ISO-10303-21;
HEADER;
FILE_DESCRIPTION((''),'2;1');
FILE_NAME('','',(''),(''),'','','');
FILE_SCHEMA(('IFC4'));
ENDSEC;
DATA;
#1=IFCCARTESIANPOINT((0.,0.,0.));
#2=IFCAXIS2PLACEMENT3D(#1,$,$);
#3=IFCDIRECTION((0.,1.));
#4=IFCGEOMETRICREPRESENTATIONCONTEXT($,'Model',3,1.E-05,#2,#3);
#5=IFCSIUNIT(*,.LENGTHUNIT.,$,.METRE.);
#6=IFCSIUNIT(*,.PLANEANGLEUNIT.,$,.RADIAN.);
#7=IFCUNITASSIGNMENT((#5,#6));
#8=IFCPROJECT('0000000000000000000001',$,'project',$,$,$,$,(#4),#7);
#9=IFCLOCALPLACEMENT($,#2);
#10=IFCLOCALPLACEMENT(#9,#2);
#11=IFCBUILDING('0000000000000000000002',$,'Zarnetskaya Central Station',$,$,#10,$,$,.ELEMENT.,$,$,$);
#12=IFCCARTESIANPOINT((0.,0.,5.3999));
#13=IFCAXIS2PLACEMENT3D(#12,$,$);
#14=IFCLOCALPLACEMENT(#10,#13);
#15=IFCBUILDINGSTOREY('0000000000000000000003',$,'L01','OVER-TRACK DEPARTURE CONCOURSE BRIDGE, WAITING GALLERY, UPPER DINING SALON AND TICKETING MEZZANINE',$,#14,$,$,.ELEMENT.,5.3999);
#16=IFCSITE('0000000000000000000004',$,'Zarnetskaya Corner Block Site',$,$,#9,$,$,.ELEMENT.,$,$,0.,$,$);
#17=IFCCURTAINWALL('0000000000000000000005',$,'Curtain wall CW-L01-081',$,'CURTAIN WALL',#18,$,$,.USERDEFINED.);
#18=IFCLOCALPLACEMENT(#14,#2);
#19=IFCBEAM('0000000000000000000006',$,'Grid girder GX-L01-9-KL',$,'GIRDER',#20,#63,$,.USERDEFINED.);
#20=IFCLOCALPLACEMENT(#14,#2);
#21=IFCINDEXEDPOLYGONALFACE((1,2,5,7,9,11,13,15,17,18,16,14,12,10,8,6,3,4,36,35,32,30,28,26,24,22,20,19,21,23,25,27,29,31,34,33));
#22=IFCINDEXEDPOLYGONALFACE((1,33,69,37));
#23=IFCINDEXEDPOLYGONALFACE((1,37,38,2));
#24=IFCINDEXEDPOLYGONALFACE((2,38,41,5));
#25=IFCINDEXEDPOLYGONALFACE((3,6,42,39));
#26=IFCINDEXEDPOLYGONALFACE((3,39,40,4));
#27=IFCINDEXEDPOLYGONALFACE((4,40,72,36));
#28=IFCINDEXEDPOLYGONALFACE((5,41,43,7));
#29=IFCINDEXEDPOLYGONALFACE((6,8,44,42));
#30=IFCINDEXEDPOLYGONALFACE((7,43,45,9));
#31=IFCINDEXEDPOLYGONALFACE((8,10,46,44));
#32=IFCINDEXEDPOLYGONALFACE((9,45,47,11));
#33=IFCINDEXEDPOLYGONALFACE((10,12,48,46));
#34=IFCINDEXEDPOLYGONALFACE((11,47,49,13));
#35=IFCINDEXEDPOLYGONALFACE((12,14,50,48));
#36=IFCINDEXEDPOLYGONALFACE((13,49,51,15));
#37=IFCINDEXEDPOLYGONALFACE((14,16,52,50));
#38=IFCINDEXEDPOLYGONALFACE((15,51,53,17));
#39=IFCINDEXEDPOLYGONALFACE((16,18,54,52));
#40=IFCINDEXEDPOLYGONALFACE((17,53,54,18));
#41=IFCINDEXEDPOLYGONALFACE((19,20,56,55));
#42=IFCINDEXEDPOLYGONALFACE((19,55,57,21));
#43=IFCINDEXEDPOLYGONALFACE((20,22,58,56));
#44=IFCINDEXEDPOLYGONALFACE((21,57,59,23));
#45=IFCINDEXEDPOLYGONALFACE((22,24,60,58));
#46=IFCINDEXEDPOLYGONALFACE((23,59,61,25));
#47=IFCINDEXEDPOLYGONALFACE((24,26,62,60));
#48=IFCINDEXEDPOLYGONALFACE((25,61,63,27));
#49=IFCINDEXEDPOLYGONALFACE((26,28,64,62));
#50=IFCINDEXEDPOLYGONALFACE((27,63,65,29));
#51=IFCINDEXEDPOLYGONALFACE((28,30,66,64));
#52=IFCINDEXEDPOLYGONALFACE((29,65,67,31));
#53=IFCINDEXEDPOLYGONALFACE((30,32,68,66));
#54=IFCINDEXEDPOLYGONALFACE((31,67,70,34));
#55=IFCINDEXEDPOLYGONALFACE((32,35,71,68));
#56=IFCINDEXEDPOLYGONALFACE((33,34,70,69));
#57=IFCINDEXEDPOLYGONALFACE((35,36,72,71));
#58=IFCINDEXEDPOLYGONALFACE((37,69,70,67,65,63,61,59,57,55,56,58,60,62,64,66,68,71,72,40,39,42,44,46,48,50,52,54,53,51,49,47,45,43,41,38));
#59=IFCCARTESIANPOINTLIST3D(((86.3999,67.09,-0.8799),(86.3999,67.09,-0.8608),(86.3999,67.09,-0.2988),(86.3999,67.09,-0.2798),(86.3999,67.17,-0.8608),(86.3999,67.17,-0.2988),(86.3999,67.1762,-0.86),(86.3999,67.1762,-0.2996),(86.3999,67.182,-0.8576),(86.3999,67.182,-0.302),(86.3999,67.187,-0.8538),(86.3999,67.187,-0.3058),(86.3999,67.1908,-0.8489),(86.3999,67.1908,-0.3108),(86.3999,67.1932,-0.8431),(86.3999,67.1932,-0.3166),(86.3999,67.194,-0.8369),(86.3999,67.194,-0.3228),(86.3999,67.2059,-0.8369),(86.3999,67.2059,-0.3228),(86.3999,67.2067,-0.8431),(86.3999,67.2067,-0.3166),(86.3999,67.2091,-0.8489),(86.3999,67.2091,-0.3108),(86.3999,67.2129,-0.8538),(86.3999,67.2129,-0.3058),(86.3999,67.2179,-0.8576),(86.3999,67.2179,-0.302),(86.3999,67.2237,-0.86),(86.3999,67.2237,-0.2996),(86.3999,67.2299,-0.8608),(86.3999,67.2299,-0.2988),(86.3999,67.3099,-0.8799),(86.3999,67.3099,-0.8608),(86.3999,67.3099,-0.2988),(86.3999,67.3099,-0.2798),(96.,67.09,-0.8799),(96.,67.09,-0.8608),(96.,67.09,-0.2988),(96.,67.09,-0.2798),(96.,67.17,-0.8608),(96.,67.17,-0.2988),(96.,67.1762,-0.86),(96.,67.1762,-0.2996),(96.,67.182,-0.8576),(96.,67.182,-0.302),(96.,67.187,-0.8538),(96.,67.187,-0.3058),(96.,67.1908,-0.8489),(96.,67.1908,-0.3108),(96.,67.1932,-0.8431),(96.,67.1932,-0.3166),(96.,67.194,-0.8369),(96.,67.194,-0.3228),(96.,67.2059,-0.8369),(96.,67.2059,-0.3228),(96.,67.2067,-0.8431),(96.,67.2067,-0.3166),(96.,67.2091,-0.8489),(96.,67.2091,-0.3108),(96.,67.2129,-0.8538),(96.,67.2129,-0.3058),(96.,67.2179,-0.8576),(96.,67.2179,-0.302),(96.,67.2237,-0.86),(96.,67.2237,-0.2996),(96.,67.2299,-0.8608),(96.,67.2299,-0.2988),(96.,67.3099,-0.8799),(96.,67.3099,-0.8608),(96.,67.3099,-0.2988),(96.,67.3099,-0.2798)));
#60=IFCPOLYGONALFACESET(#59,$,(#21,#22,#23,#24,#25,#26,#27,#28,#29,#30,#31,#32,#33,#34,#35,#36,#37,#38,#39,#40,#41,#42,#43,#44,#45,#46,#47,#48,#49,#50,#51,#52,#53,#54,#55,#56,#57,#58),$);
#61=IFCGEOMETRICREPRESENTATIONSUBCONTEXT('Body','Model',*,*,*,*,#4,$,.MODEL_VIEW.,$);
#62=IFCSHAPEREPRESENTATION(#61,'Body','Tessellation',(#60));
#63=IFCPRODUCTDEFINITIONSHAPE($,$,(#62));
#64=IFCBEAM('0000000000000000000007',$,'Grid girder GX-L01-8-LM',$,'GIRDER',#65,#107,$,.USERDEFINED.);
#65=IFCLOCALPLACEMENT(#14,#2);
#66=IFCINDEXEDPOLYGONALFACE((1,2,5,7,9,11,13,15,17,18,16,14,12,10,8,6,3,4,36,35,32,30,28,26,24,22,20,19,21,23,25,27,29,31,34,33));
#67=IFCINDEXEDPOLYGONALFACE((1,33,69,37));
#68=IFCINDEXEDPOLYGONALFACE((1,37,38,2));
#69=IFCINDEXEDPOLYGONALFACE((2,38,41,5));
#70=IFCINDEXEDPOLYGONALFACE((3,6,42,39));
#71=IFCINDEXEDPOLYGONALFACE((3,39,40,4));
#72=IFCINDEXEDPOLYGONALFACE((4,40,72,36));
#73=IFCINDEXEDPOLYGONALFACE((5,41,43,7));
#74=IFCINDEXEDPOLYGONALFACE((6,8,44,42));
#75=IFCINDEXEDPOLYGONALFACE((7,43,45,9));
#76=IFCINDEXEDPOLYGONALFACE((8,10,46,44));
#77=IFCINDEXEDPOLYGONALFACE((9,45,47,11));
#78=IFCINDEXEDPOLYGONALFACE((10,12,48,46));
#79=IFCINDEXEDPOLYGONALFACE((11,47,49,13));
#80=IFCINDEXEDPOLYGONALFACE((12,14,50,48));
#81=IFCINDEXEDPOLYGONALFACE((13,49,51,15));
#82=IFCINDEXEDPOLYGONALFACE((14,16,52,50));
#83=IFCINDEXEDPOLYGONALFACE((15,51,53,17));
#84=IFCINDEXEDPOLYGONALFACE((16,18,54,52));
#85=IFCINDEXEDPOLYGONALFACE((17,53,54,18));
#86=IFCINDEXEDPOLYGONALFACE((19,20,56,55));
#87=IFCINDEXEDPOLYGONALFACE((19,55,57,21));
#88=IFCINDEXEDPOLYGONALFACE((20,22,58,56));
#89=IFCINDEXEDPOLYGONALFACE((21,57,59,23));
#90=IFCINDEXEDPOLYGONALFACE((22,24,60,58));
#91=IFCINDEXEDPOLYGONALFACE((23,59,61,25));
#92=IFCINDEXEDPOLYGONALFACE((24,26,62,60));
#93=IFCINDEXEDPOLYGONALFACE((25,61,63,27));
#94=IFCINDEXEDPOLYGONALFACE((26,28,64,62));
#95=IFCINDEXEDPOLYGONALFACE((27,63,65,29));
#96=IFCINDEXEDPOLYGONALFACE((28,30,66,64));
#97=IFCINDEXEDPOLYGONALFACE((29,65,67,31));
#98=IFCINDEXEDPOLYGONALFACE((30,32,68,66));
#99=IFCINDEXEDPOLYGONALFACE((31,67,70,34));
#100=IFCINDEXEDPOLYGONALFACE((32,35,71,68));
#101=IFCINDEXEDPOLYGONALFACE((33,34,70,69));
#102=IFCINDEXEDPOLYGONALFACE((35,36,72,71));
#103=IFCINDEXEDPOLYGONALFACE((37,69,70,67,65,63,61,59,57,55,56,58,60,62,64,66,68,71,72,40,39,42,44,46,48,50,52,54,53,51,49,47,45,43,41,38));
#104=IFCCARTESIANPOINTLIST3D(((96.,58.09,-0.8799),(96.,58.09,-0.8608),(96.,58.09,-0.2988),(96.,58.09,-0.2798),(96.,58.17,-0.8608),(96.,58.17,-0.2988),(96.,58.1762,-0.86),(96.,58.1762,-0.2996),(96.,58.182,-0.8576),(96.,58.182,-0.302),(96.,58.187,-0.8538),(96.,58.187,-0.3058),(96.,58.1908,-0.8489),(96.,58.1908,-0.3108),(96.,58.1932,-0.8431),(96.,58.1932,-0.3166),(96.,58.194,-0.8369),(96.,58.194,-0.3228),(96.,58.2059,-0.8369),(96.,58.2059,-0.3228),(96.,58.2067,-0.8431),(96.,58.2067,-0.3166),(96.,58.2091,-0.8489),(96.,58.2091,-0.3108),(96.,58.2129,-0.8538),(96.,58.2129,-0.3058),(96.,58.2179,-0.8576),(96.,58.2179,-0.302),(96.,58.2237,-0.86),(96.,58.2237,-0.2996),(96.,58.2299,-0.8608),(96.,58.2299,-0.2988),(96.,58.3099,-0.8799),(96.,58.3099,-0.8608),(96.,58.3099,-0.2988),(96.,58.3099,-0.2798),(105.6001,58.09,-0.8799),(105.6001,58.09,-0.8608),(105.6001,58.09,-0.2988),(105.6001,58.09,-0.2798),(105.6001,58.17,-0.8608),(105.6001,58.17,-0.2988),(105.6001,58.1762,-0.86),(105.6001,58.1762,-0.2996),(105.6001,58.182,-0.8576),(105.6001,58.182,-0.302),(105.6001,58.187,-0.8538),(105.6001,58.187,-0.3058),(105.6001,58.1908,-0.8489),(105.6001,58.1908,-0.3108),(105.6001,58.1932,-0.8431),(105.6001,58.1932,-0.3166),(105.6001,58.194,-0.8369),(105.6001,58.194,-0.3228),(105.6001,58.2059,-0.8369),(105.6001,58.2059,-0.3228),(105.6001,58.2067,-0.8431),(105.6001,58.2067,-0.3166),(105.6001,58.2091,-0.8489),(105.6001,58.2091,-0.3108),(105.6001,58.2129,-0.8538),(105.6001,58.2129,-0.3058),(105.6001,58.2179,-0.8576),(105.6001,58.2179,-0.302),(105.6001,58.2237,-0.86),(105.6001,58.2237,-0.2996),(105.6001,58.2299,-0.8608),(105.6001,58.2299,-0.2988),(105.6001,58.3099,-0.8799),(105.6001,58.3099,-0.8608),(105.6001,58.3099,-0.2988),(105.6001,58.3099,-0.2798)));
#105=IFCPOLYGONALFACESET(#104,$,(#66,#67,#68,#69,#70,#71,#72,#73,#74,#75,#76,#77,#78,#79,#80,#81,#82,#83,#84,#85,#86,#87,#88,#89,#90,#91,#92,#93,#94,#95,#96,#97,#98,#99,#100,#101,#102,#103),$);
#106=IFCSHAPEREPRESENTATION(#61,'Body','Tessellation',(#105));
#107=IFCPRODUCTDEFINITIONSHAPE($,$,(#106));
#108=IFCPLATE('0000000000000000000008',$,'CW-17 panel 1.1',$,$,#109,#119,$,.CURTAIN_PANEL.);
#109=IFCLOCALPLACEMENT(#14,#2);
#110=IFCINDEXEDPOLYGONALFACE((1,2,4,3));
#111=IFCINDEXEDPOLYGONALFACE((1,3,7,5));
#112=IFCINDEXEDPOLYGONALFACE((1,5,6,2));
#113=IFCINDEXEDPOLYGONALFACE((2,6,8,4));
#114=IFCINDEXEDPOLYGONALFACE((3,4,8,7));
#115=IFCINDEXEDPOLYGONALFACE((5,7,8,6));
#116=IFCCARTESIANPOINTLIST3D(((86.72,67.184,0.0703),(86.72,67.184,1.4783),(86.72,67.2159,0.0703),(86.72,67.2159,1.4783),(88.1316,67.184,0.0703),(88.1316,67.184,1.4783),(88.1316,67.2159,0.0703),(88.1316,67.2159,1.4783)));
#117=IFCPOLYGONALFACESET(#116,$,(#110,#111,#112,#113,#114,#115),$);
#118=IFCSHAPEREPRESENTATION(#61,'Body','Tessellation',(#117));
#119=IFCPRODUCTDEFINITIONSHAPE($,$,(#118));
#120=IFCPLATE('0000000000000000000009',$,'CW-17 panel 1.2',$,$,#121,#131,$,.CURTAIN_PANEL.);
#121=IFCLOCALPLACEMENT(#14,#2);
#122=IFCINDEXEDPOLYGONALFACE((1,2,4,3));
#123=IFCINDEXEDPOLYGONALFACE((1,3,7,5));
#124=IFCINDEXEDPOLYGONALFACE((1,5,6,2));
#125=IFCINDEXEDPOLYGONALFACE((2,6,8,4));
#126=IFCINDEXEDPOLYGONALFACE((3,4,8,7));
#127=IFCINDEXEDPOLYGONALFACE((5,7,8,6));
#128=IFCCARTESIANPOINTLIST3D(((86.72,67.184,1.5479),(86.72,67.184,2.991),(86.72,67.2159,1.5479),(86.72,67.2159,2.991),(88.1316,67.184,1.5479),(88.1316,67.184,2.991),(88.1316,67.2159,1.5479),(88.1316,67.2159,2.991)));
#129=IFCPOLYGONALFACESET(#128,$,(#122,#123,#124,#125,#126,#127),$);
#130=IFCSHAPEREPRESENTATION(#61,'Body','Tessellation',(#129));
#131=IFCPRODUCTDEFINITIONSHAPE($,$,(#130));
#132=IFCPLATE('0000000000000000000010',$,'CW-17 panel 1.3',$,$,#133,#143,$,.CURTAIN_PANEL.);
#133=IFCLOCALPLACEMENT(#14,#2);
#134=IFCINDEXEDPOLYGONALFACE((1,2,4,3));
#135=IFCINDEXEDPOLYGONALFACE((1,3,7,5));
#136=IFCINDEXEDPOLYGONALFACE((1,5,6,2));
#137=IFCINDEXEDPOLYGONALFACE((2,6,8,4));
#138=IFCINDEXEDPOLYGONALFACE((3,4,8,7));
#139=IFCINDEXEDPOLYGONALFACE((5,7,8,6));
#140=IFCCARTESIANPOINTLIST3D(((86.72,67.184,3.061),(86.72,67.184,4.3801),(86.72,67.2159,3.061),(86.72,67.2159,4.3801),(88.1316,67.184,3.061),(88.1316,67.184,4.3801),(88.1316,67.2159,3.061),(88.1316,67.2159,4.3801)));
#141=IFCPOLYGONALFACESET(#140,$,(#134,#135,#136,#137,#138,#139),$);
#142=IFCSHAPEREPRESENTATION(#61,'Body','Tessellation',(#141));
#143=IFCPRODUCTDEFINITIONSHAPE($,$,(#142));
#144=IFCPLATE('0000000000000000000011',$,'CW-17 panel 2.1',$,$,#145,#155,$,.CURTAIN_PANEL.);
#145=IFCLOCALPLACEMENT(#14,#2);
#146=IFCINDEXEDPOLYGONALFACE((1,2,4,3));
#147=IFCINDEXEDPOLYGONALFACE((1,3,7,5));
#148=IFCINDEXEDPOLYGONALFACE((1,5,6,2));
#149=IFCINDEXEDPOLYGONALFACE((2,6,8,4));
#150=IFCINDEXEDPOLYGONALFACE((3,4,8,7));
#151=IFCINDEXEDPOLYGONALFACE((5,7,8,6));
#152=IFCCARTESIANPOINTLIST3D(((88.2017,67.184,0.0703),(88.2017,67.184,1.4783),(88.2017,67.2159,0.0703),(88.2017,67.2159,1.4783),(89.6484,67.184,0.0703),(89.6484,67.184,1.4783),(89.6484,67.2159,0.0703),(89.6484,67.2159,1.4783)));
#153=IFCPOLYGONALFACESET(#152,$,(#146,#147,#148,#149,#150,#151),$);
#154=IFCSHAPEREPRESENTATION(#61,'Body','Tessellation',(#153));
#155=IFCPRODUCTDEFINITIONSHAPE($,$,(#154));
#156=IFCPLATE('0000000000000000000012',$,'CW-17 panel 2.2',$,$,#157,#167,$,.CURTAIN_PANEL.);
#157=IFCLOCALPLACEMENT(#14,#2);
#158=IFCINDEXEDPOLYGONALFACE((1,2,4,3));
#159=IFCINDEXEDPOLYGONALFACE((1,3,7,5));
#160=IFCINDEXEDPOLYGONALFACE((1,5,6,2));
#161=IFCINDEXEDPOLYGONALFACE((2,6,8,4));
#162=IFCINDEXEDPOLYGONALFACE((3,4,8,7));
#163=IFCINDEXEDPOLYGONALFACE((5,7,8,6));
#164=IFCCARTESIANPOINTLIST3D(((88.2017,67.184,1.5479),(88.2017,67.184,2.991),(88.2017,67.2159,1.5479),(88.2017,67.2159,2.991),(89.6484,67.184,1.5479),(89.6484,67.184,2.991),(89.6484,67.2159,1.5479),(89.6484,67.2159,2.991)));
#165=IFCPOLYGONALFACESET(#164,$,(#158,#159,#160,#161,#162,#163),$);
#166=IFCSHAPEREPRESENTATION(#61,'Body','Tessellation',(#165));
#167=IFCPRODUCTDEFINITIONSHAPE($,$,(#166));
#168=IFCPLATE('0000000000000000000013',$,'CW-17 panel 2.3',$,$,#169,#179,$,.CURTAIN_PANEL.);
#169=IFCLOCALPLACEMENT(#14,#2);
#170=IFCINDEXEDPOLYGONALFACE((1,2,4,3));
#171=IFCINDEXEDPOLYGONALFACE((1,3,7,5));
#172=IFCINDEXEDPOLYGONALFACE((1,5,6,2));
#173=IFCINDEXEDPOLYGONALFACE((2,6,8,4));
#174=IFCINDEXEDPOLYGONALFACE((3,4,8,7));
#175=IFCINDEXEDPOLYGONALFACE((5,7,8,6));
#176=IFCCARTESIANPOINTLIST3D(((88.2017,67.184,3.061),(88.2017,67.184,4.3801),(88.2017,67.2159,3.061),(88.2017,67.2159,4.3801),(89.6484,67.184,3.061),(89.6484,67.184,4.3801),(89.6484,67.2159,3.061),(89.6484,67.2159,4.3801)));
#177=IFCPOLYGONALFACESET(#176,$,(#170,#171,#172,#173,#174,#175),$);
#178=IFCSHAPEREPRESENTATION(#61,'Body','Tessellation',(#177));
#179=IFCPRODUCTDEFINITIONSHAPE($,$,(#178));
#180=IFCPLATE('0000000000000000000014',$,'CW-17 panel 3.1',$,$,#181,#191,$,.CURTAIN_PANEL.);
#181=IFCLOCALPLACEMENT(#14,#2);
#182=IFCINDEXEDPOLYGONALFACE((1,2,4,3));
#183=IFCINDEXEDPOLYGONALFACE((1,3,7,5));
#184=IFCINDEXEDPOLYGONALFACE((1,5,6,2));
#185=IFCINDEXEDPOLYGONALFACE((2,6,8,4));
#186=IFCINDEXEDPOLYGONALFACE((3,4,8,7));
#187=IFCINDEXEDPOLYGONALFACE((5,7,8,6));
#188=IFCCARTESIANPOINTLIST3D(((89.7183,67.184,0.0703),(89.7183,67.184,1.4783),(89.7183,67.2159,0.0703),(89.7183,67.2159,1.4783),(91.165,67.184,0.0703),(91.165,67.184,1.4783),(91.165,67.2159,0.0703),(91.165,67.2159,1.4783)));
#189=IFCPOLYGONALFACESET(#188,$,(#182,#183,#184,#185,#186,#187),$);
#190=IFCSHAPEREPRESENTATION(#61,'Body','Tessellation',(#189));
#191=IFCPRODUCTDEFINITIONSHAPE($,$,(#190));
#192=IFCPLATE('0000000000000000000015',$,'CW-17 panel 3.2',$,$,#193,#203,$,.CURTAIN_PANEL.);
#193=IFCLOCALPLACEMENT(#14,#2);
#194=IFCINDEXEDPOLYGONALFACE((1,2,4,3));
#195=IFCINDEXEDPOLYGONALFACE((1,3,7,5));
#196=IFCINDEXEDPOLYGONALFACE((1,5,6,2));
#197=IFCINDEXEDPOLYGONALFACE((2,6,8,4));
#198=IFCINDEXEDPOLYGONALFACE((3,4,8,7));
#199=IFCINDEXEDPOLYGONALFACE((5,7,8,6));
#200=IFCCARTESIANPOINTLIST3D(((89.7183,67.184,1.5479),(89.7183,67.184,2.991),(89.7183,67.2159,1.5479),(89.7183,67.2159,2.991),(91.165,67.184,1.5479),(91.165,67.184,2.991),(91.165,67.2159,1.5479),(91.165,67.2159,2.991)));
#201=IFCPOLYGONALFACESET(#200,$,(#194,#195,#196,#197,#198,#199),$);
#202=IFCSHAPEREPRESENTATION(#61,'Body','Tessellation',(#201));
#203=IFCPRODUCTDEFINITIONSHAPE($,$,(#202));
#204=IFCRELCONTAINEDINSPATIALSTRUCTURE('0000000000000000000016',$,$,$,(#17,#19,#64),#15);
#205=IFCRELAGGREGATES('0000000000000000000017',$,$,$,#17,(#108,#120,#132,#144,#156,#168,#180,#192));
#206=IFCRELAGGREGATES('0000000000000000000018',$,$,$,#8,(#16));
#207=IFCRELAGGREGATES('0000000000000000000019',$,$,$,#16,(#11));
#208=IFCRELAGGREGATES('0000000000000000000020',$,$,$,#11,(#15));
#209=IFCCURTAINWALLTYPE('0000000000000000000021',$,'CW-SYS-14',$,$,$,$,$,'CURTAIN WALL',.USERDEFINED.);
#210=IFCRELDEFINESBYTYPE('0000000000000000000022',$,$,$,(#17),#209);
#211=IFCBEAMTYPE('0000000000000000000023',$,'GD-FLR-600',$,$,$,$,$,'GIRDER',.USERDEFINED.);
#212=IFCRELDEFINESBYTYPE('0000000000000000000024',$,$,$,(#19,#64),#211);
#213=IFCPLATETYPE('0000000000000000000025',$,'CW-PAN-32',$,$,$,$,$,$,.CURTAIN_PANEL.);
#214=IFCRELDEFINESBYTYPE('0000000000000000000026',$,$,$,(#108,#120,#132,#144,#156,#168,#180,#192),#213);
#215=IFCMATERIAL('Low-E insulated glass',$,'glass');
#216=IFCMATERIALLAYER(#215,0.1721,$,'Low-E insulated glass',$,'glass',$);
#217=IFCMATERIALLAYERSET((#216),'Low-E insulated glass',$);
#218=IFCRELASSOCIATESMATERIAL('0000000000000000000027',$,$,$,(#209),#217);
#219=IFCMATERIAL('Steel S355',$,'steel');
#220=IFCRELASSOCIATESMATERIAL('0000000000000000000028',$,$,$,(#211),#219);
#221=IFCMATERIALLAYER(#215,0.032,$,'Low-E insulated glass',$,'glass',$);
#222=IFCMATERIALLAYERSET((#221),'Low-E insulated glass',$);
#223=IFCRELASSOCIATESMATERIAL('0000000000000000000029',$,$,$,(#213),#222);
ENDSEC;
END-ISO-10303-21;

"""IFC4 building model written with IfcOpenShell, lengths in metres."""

from ifc_helpers import new_model, si_unit, direction, frame, origin, origin_2d, place, context, subcontext, project, spatial, rectangle, i_section, extrude, material, layer, layer_set, material_profile, profile_set, type_object, element, aggregate, save


model = new_model("IFC4")

# Units and contexts
model_context = context("Model", 3, precision=1e-05, world=origin(), true_north=direction((0.0, 1.0)))
body_context = subcontext(model_context, "Body", "Model", "MODEL_VIEW")
ifc_project = project(units=[si_unit("LENGTHUNIT", "METRE"), si_unit("PLANEANGLEUNIT", "RADIAN")], contexts=[model_context])

# Site, building, storey
site_placement = place(None, origin())
site = spatial("IfcSite", under=ifc_project, at=site_placement, Name="Zarnetskaya Corner Block Site", CompositionType="ELEMENT", RefElevation=0.0)
building_placement = place(site_placement, origin())
building = spatial("IfcBuilding", under=site, at=building_placement, Name="Zarnetskaya Central Station", CompositionType="ELEMENT")
storey_placement = place(building_placement, frame((0.0, 0.0, 5.3999)))
storey = spatial("IfcBuildingStorey", under=building, at=storey_placement, Name="L01", Description="OVER-TRACK DEPARTURE CONCOURSE BRIDGE, WAITING GALLERY, UPPER DINING SALON AND TICKETING MEZZANINE", CompositionType="ELEMENT", Elevation=5.3999)

# Shared definitions
ifc_material_1 = material(Name="Steel S355", Category="steel")

# Curtain wall
ifc_material_2 = material(Name="Low-E insulated glass", Category="glass")
ifc_layer_1 = layer(ifc_material_2, 0.1721, Name="Low-E insulated glass", Category="glass")
ifc_layer_set_1 = layer_set([ifc_layer_1], Name="Low-E insulated glass")
curtain_wall_type = type_object("IfcCurtainWallType", Name="CW-SYS-14", ElementType="CURTAIN WALL", PredefinedType="USERDEFINED", material=ifc_layer_set_1)
curtain_wall_placement = place(storey_placement, origin())
curtain_wall = element("IfcCurtainWall", 1, at=curtain_wall_placement, inside=storey, type_object=curtain_wall_type, Name="Curtain wall CW-L01-081", ObjectType="CURTAIN WALL", PredefinedType="USERDEFINED")

# Beams
ifc_material_profile_1 = material_profile(ifc_material_1, i_section(OverallWidth=0.22, OverallDepth=0.6001, WebThickness=0.012, FlangeThickness=0.019, FilletRadius=0.0239, at=origin_2d()), Name="IPE 600")
ifc_profile_set_1 = profile_set([ifc_material_profile_1], Name="Steel S355")
beam_type_1 = type_object("IfcBeamType", Name="GD-FLR-600", ElementType="GIRDER", PredefinedType="USERDEFINED", material=ifc_profile_set_1)
for number, where, z_axis, x_axis, name in (
    (2, (86.3999, 67.2, -0.5798), (1.0, 0.0, 0.0), (0.0, 1.0, 0.0), "Grid girder GX-L01-9-KL"),
    (3, (96.0, 58.2, -0.5798), (1.0, 0.0, 0.0), (0.0, 1.0, 0.0), "Grid girder GX-L01-8-LM"),
):
    element("IfcBeam", number, at=place(storey_placement, frame(where, z_axis=z_axis, x_axis=x_axis)), inside=storey, type_object=beam_type_1, Name=name, ObjectType="GIRDER", PredefinedType="USERDEFINED", context=body_context, shape_type="SweptSolid", body=[
        extrude(i_section(OverallWidth=0.22, OverallDepth=0.6001, WebThickness=0.012, FlangeThickness=0.019, FilletRadius=0.0239, at=origin_2d()), origin(), (0.0, 0.0, 1.0), 9.6001),
    ])

# Plates
ifc_layer_2 = layer(ifc_material_2, 0.032, Name="Low-E insulated glass", Category="glass")
ifc_layer_set_2 = layer_set([ifc_layer_2], Name="Low-E insulated glass")
plate_type = type_object("IfcPlateType", Name="CW-PAN-32", PredefinedType="CURTAIN_PANEL", material=ifc_layer_set_2)
plate_1_placement = place(storey_placement, frame((87.4258, 67.2, 0.0703), z_axis=(0.0, 0.0, 1.0), x_axis=(1.0, 0.0, 0.0)))
plate_1 = element("IfcPlate", 4, at=plate_1_placement, type_object=plate_type, Name="CW-17 panel 1.1", PredefinedType="CURTAIN_PANEL", context=body_context, shape_type="SweptSolid", body=[
    extrude(rectangle(XDim=1.4116, YDim=0.032, at=origin_2d()), origin(), (0.0, 0.0, 1.0), 1.408),
])
plate_2_placement = place(storey_placement, frame((87.4258, 67.2, 1.5479), z_axis=(0.0, 0.0, 1.0), x_axis=(1.0, 0.0, 0.0)))
plate_2 = element("IfcPlate", 5, at=plate_2_placement, type_object=plate_type, Name="CW-17 panel 1.2", PredefinedType="CURTAIN_PANEL", context=body_context, shape_type="SweptSolid", body=[
    extrude(rectangle(XDim=1.4116, YDim=0.032, at=origin_2d()), origin(), (0.0, 0.0, 1.0), 1.4431),
])
plate_3_placement = place(storey_placement, frame((87.4258, 67.2, 3.061), z_axis=(0.0, 0.0, 1.0), x_axis=(1.0, 0.0, 0.0)))
plate_3 = element("IfcPlate", 6, at=plate_3_placement, type_object=plate_type, Name="CW-17 panel 1.3", PredefinedType="CURTAIN_PANEL", context=body_context, shape_type="SweptSolid", body=[
    extrude(rectangle(XDim=1.4116, YDim=0.032, at=origin_2d()), origin(), (0.0, 0.0, 1.0), 1.3191),
])
plate_4_placement = place(storey_placement, frame((88.925, 67.2, 0.0703), z_axis=(0.0, 0.0, 1.0), x_axis=(1.0, 0.0, 0.0)))
plate_4 = element("IfcPlate", 7, at=plate_4_placement, type_object=plate_type, Name="CW-17 panel 2.1", PredefinedType="CURTAIN_PANEL", context=body_context, shape_type="SweptSolid", body=[
    extrude(rectangle(XDim=1.4468, YDim=0.032, at=origin_2d()), origin(), (0.0, 0.0, 1.0), 1.408),
])
plate_5_placement = place(storey_placement, frame((88.925, 67.2, 1.5479), z_axis=(0.0, 0.0, 1.0), x_axis=(1.0, 0.0, 0.0)))
plate_5 = element("IfcPlate", 8, at=plate_5_placement, type_object=plate_type, Name="CW-17 panel 2.2", PredefinedType="CURTAIN_PANEL", context=body_context, shape_type="SweptSolid", body=[
    extrude(rectangle(XDim=1.4468, YDim=0.032, at=origin_2d()), origin(), (0.0, 0.0, 1.0), 1.4431),
])
plate_6_placement = place(storey_placement, frame((88.925, 67.2, 3.061), z_axis=(0.0, 0.0, 1.0), x_axis=(1.0, 0.0, 0.0)))
plate_6 = element("IfcPlate", 9, at=plate_6_placement, type_object=plate_type, Name="CW-17 panel 2.3", PredefinedType="CURTAIN_PANEL", context=body_context, shape_type="SweptSolid", body=[
    extrude(rectangle(XDim=1.4468, YDim=0.032, at=origin_2d()), origin(), (0.0, 0.0, 1.0), 1.3191),
])
plate_7_placement = place(storey_placement, frame((90.4417, 67.2, 0.0703), z_axis=(0.0, 0.0, 1.0), x_axis=(1.0, 0.0, 0.0)))
plate_7 = element("IfcPlate", 10, at=plate_7_placement, type_object=plate_type, Name="CW-17 panel 3.1", PredefinedType="CURTAIN_PANEL", context=body_context, shape_type="SweptSolid", body=[
    extrude(rectangle(XDim=1.4468, YDim=0.032, at=origin_2d()), origin(), (0.0, 0.0, 1.0), 1.408),
])
plate_8_placement = place(storey_placement, frame((90.4417, 67.2, 1.5479), z_axis=(0.0, 0.0, 1.0), x_axis=(1.0, 0.0, 0.0)))
plate_8 = element("IfcPlate", 11, at=plate_8_placement, type_object=plate_type, Name="CW-17 panel 3.2", PredefinedType="CURTAIN_PANEL", context=body_context, shape_type="SweptSolid", body=[
    extrude(rectangle(XDim=1.4468, YDim=0.032, at=origin_2d()), origin(), (0.0, 0.0, 1.0), 1.4431),
])
aggregate(curtain_wall, [plate_1, plate_2, plate_3, plate_4, plate_5, plate_6, plate_7, plate_8])

save(model, "model.ifc")
